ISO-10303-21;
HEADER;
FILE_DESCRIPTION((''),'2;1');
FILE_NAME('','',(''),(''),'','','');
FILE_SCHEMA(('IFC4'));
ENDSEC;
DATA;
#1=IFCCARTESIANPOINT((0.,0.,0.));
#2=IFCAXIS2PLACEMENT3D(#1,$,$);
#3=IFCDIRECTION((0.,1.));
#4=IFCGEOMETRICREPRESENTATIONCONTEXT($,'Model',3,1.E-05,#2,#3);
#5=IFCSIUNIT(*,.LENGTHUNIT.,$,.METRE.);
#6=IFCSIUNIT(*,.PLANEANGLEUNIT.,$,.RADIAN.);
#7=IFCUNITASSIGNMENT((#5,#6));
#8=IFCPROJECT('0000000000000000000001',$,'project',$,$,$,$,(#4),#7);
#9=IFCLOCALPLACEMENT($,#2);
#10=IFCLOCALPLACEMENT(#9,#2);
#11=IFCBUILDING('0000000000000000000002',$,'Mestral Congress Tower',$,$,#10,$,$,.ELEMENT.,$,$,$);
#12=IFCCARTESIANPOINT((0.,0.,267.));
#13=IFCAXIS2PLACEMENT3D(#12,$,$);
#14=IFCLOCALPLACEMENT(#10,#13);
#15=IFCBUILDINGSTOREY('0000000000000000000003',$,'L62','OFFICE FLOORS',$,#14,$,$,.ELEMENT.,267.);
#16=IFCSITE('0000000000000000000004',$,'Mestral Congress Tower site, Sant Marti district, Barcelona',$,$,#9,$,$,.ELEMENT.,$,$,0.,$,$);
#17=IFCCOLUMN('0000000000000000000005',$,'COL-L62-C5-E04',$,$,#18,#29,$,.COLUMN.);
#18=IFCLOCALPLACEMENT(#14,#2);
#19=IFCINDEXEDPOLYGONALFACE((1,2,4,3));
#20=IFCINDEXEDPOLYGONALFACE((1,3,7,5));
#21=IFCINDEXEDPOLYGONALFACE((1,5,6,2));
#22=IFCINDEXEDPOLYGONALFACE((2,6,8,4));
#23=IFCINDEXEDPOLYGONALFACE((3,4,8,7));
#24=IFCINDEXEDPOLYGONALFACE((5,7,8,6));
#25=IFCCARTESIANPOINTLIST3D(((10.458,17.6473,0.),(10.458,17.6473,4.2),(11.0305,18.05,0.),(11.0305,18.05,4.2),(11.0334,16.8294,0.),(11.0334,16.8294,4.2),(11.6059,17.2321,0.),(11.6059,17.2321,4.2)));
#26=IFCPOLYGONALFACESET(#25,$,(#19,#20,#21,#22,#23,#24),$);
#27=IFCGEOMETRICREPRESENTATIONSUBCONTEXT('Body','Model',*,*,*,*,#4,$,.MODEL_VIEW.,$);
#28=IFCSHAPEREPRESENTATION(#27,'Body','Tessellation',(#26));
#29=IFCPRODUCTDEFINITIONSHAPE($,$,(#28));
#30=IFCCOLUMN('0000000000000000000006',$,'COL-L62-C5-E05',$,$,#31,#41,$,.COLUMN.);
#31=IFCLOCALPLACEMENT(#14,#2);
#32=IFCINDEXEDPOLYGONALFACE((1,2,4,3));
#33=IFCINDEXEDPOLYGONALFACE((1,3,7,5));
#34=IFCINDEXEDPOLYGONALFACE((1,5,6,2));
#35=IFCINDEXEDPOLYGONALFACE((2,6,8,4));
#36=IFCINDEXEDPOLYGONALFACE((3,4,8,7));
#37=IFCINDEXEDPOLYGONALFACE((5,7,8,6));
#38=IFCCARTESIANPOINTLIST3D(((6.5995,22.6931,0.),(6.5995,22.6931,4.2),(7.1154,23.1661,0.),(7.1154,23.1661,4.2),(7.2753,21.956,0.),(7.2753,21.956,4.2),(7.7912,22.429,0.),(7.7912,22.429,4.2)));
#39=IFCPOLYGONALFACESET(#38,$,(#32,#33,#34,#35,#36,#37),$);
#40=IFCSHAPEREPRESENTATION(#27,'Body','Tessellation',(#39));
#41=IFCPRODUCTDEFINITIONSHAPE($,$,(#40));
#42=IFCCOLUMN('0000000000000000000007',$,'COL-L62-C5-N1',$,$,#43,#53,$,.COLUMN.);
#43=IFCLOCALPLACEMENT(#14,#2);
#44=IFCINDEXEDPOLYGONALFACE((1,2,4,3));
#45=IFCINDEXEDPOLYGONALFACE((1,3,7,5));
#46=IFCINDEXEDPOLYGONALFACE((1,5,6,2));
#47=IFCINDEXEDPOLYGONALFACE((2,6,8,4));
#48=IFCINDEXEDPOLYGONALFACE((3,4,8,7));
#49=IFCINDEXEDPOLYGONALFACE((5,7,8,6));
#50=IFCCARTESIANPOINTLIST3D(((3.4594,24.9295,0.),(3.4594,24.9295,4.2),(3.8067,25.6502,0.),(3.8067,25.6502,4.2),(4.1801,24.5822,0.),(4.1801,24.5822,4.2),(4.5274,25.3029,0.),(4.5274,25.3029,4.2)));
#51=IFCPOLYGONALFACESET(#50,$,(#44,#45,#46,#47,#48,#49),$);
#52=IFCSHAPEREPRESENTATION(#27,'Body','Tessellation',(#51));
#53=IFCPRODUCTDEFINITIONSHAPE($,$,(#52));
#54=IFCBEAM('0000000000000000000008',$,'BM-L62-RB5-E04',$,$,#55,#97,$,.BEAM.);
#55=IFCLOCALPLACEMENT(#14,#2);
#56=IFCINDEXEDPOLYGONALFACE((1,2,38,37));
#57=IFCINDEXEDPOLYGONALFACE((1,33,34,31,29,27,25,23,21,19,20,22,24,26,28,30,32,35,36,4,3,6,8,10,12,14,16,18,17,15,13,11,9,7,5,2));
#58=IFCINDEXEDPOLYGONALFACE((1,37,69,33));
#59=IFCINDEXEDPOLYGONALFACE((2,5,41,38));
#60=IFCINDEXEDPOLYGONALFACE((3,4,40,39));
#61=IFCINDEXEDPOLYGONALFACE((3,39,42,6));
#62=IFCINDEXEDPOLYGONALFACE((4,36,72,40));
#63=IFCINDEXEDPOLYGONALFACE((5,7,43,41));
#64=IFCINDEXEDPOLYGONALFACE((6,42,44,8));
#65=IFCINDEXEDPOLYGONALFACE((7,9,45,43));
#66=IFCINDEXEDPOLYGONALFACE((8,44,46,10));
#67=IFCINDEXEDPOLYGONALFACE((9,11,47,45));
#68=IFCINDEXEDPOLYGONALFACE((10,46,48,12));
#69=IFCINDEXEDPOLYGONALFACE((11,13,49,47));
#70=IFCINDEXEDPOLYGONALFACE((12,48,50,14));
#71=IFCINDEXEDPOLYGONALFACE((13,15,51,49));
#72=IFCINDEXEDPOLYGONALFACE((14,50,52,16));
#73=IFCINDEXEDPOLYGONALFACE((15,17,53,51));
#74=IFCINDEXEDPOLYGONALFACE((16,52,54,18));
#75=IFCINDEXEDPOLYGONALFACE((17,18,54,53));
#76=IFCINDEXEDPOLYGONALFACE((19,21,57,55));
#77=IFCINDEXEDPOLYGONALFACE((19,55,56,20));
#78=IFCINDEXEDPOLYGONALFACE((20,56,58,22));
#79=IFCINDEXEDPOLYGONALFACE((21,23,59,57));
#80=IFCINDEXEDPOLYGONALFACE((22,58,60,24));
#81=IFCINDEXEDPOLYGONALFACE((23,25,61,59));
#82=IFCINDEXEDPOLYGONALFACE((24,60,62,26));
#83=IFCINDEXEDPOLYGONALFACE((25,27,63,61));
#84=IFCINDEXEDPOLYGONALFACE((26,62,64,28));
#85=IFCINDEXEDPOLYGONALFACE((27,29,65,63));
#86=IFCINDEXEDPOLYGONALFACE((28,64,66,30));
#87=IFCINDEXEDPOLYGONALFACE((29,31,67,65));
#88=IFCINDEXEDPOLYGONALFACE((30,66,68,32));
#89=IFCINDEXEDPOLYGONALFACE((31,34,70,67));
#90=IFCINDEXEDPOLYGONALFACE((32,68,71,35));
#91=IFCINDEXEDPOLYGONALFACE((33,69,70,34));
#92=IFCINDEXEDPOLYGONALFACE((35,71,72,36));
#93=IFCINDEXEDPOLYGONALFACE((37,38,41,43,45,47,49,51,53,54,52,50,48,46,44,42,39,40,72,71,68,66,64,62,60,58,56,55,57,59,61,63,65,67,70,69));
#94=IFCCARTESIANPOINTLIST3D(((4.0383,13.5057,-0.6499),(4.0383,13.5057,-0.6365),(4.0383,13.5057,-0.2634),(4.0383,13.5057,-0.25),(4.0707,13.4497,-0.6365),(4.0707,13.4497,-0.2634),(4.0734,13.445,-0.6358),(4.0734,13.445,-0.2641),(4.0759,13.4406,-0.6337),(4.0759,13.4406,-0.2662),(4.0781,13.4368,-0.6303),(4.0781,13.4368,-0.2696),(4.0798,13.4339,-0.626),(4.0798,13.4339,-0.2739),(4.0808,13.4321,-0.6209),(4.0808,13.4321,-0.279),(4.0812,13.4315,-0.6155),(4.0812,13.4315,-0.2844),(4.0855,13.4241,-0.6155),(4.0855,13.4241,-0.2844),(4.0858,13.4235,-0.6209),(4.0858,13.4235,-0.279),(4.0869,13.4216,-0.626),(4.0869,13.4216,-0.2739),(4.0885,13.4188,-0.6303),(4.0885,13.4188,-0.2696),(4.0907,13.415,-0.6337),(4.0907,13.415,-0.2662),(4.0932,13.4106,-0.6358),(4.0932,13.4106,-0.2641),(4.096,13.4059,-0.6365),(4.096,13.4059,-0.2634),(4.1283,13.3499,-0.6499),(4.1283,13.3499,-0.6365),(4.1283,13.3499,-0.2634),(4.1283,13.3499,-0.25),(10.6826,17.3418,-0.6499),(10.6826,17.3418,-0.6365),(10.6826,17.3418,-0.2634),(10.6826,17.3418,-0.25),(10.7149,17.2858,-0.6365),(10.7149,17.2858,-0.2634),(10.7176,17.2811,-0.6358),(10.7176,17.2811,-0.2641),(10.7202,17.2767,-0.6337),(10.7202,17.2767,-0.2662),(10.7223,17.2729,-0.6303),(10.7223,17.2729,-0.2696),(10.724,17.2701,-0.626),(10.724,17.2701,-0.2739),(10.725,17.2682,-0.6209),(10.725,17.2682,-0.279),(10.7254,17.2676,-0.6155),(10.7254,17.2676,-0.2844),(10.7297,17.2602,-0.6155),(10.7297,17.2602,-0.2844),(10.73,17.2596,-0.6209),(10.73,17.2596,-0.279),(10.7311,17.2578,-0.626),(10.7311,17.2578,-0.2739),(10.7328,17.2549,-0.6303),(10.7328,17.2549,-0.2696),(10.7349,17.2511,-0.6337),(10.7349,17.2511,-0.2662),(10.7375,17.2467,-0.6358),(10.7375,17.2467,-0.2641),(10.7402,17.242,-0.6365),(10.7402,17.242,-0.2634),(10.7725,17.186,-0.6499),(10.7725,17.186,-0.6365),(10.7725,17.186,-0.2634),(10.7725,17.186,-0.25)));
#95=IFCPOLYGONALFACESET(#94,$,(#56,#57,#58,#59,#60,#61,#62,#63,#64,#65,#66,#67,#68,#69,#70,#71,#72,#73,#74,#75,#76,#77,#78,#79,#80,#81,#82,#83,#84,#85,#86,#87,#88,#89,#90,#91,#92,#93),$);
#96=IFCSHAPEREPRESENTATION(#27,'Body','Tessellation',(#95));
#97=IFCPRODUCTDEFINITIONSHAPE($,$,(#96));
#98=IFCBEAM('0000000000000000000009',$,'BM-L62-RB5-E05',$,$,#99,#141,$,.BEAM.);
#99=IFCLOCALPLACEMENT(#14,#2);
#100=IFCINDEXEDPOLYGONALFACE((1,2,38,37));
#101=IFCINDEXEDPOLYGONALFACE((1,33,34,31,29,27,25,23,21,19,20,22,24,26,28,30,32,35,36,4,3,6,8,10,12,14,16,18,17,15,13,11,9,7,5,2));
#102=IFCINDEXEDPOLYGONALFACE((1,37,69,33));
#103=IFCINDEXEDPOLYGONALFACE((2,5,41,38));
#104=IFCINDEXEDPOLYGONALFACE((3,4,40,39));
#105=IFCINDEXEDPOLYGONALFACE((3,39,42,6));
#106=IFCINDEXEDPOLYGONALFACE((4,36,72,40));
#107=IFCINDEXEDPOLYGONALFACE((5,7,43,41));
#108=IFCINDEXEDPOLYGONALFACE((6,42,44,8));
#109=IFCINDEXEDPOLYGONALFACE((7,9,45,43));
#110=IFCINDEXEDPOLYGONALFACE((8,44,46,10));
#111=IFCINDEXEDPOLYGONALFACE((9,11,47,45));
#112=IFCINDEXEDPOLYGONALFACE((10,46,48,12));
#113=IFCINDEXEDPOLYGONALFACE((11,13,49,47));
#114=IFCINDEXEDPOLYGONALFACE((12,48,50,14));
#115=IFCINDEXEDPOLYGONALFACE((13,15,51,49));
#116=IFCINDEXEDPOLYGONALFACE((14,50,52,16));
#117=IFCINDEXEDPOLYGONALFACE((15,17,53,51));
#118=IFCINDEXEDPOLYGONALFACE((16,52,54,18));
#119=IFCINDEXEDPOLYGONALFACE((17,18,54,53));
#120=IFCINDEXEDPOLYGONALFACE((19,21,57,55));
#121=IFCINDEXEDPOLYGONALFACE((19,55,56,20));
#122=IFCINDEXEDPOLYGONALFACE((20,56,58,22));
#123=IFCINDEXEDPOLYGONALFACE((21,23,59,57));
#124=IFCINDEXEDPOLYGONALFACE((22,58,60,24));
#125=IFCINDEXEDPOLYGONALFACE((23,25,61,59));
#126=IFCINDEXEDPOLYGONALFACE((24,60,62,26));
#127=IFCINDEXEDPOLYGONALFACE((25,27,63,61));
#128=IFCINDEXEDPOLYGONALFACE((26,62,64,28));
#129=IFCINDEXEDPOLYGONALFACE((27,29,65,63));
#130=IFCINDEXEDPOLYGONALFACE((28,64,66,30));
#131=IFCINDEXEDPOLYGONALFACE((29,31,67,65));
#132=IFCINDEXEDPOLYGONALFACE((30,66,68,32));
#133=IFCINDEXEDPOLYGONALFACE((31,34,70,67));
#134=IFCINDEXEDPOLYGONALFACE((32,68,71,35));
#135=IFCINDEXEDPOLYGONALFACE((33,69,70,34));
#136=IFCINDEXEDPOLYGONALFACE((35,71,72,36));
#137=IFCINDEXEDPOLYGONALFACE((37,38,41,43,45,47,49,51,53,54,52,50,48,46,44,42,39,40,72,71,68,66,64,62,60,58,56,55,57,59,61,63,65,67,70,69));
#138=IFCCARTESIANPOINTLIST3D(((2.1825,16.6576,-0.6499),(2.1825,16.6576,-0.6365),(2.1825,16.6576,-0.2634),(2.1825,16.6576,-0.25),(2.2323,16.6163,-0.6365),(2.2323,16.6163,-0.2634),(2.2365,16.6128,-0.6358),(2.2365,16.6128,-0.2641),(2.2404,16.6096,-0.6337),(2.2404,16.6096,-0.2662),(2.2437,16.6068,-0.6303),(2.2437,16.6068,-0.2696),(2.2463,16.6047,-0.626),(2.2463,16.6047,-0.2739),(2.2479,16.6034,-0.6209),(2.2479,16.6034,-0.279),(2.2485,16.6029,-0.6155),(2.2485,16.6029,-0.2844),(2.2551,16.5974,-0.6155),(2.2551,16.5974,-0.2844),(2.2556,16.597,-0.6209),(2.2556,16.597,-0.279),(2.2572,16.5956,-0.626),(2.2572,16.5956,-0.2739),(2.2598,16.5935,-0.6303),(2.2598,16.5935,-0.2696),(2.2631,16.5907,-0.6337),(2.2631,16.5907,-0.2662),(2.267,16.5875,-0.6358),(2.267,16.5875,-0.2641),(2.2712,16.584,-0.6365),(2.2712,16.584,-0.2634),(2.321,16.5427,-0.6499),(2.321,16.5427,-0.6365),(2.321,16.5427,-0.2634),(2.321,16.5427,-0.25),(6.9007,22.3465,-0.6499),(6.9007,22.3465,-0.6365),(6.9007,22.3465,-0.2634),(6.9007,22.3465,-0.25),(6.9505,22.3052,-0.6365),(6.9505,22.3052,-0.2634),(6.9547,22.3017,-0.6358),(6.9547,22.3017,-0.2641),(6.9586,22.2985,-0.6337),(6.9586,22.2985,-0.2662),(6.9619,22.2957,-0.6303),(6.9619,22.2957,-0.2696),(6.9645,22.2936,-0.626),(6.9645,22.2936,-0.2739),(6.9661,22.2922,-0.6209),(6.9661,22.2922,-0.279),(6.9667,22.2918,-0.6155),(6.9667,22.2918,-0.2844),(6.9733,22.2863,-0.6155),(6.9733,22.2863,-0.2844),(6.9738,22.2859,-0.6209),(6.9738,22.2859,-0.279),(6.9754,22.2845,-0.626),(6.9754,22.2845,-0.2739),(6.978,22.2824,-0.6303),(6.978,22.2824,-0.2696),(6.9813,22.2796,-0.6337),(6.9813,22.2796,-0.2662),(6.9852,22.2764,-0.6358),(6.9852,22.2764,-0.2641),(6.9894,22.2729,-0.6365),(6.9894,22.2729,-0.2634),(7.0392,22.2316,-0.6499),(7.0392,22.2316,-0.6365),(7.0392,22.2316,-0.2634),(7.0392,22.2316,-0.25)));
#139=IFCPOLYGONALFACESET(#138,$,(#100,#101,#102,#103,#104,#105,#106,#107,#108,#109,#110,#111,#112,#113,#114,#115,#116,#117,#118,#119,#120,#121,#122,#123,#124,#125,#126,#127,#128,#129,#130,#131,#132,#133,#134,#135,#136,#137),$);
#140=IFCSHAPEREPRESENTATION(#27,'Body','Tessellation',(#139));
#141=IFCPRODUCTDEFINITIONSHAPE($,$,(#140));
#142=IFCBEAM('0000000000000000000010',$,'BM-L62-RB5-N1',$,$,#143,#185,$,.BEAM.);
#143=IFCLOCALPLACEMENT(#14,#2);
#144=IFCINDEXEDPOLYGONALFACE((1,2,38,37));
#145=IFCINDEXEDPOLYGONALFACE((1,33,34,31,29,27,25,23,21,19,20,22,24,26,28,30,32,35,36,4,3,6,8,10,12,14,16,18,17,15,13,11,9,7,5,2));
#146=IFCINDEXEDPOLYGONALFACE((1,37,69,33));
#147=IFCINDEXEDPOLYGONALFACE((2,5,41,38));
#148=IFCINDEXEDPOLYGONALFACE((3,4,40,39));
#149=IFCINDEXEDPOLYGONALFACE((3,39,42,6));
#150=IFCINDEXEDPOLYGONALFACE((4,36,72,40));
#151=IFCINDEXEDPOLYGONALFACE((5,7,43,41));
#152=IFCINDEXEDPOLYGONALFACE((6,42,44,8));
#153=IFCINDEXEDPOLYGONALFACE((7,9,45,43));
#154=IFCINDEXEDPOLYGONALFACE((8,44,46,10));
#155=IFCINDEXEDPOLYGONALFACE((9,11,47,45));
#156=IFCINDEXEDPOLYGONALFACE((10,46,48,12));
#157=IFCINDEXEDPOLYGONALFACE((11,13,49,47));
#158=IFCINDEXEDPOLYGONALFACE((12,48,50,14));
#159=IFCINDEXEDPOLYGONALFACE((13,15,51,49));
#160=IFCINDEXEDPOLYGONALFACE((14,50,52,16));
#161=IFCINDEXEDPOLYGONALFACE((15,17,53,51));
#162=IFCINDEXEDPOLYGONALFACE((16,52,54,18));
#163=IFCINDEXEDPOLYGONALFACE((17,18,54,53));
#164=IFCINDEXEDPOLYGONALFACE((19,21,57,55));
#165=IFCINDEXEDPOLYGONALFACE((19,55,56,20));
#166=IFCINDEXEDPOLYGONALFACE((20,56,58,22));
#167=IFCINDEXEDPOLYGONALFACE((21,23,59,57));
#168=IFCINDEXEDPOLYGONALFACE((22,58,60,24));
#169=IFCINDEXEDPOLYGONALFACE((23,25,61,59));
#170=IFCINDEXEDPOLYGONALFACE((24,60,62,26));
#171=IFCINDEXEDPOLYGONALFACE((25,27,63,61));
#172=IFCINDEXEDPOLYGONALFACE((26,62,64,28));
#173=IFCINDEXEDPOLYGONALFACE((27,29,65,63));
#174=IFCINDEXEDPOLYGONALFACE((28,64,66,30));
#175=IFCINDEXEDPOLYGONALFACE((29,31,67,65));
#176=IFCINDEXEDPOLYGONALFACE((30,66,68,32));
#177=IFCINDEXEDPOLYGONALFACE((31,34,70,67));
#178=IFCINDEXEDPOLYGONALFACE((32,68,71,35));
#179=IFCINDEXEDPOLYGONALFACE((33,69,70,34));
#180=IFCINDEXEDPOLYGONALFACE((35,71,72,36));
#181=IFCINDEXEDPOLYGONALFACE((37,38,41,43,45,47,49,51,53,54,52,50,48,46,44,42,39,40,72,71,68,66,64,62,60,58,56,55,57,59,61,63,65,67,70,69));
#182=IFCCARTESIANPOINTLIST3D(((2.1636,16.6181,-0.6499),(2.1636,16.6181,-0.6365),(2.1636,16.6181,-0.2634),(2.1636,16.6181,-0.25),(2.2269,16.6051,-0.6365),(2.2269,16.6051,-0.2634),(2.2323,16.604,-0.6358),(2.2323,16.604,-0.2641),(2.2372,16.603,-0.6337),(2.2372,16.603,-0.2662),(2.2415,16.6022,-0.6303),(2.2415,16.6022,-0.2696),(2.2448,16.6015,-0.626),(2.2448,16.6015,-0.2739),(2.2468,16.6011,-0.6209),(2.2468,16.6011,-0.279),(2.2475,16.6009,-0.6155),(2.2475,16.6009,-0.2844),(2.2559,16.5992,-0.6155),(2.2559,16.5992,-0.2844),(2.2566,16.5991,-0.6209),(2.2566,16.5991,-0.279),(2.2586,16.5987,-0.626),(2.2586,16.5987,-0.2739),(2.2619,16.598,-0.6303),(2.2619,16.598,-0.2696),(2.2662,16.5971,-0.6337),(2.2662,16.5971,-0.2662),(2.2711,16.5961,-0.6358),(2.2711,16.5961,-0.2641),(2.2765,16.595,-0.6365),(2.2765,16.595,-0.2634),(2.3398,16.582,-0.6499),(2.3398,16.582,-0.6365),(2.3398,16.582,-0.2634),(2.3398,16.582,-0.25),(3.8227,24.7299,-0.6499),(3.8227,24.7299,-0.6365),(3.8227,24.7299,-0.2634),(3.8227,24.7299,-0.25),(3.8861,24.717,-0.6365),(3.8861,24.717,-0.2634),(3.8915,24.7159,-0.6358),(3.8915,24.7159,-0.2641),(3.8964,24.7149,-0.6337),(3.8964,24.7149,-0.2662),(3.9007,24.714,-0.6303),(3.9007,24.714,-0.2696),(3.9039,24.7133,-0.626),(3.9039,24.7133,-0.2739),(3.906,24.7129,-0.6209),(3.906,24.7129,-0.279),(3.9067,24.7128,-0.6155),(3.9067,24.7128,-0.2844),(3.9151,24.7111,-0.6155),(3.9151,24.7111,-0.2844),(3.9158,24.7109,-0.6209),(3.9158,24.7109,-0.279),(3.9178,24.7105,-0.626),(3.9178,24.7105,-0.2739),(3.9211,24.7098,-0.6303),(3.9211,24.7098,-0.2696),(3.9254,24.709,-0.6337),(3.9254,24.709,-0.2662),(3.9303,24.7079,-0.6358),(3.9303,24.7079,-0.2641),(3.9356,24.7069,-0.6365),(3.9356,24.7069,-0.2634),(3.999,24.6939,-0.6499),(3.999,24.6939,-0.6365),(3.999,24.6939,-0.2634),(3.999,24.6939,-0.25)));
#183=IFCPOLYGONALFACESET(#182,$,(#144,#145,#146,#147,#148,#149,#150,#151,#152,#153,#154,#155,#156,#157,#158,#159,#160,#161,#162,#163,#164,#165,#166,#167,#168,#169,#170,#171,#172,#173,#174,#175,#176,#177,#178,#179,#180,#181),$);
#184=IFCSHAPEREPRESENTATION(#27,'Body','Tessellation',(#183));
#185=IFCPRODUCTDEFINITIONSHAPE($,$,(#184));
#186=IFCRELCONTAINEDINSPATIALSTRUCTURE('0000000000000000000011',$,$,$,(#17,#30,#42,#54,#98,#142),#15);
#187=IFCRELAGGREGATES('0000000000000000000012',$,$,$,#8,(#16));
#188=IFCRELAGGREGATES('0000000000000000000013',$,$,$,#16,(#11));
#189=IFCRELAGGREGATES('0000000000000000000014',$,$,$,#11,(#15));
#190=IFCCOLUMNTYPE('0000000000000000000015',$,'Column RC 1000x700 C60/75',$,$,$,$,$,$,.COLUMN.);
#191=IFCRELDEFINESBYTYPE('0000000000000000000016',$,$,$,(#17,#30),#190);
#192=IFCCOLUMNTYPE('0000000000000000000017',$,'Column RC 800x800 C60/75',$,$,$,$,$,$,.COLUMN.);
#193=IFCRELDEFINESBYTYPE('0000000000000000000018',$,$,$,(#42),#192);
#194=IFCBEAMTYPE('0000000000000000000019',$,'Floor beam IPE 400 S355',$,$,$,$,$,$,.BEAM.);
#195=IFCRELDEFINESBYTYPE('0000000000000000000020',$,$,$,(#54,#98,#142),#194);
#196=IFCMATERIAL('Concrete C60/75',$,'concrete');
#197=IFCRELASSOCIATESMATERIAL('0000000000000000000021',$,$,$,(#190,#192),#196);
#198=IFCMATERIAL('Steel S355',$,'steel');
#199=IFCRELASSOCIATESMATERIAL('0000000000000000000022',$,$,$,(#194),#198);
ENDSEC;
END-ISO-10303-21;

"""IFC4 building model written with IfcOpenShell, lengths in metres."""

from ifc_helpers import new_model, si_unit, direction, frame, origin, origin_2d, place, context, subcontext, project, spatial, rectangle, i_section, extrude, material, material_profile, profile_set, type_object, element, save


model = new_model("IFC4")

# Units and contexts
model_context = context("Model", 3, precision=1e-05, world=origin(), true_north=direction((0.0, 1.0)))
body_context = subcontext(model_context, "Body", "Model", "MODEL_VIEW")
ifc_project = project(units=[si_unit("LENGTHUNIT", "METRE"), si_unit("PLANEANGLEUNIT", "RADIAN")], contexts=[model_context])

# Site, building, storey
site_placement = place(None, origin())
site = spatial("IfcSite", under=ifc_project, at=site_placement, Name="Mestral Congress Tower site, Sant Marti district, Barcelona", CompositionType="ELEMENT", RefElevation=0.0)
building_placement = place(site_placement, origin())
building = spatial("IfcBuilding", under=site, at=building_placement, Name="Mestral Congress Tower", CompositionType="ELEMENT")
storey_placement = place(building_placement, frame((0.0, 0.0, 267.0)))
storey = spatial("IfcBuildingStorey", under=building, at=storey_placement, Name="L62", Description="OFFICE FLOORS", CompositionType="ELEMENT", Elevation=267.0)

# Columns
ifc_material_1 = material(Name="Concrete C60/75", Category="concrete")
ifc_material_profile_1 = material_profile(ifc_material_1, rectangle(XDim=1.0, YDim=0.7, at=origin_2d()), Name="RC 1000x700")
ifc_profile_set_1 = profile_set([ifc_material_profile_1], Name="Concrete C60/75")
column_type_1 = type_object("IfcColumnType", Name="Column RC 1000x700 C60/75", PredefinedType="COLUMN", material=ifc_profile_set_1)
for number, where, z_axis, x_axis, name in (
    (1, (11.032, 17.4397, 0.0), (0.0, 0.0, 1.0), (-0.575402, 0.817871, 0.0), "COL-L62-C5-E04"),
    (2, (7.1953, 22.561, 0.0), (0.0, 0.0, 1.0), (-0.675803, 0.737083, 0.0), "COL-L62-C5-E05"),
):
    element("IfcColumn", number, at=place(storey_placement, frame(where, z_axis=z_axis, x_axis=x_axis)), inside=storey, type_object=column_type_1, Name=name, PredefinedType="COLUMN", context=body_context, shape_type="SweptSolid", body=[
        extrude(rectangle(XDim=1.0, YDim=0.7, at=origin_2d()), origin(), (0.0, 0.0, 1.0), 4.2),
    ])
ifc_material_profile_2 = material_profile(ifc_material_1, rectangle(XDim=0.8, YDim=0.8, at=origin_2d()), Name="RC 800x800")
ifc_profile_set_2 = profile_set([ifc_material_profile_2], Name="Concrete C60/75")
column_type_2 = type_object("IfcColumnType", Name="Column RC 800x800 C60/75", PredefinedType="COLUMN", material=ifc_profile_set_2)
column_placement = place(storey_placement, frame((3.9934, 25.1162, 0.0), z_axis=(0.0, 0.0, 1.0), x_axis=(-0.900873, 0.434082, 0.0)))
element("IfcColumn", 3, at=column_placement, inside=storey, type_object=column_type_2, Name="COL-L62-C5-N1", PredefinedType="COLUMN", context=body_context, shape_type="SweptSolid", body=[
    extrude(rectangle(XDim=0.8, YDim=0.8, at=origin_2d()), origin(), (0.0, 0.0, 1.0), 4.2),
])

# Beams
ifc_material_2 = material(Name="Steel S355", Category="steel")
ifc_material_profile_3 = material_profile(ifc_material_2, i_section(OverallWidth=0.1799, OverallDepth=0.3999, WebThickness=0.0085, FlangeThickness=0.0134, FilletRadius=0.021, at=origin_2d()), Name="IPE 400")
ifc_profile_set_3 = profile_set([ifc_material_profile_3], Name="Steel S355")
beam_type_1 = type_object("IfcBeamType", Name="Floor beam IPE 400 S355", PredefinedType="BEAM", material=ifc_profile_set_3)
beam_1_placement = place(storey_placement, frame((10.7275, 17.2639, -0.45), z_axis=(-0.86602, -0.50001, 0.0), x_axis=(0.50001, -0.86602, 0.0)))
element("IfcBeam", 4, at=beam_1_placement, inside=storey, type_object=beam_type_1, Name="BM-L62-RB5-E04", PredefinedType="BEAM", context=body_context, shape_type="SweptSolid", body=[
    extrude(i_section(OverallWidth=0.1799, OverallDepth=0.3999, WebThickness=0.0085, FlangeThickness=0.0134, FilletRadius=0.021, at=origin_2d()), origin(), (0.0, 0.0, 1.0), 7.6721),
])
beam_2_placement = place(storey_placement, frame((6.97, 22.2891, -0.45), z_axis=(-0.638383, -0.769719, 0.0), x_axis=(0.769719, -0.638383, 0.0)))
element("IfcBeam", 5, at=beam_2_placement, inside=storey, type_object=beam_type_1, Name="BM-L62-RB5-E05", PredefinedType="BEAM", context=body_context, shape_type="SweptSolid", body=[
    extrude(i_section(OverallWidth=0.1799, OverallDepth=0.3999, WebThickness=0.0085, FlangeThickness=0.0134, FilletRadius=0.021, at=origin_2d()), origin(), (0.0, 0.0, 1.0), 7.3909),
])
beam_3_placement = place(storey_placement, frame((3.9109, 24.7119, -0.45), z_axis=(-0.20039, -0.979716, 0.0), x_axis=(0.979716, -0.20039, 0.0)))
element("IfcBeam", 6, at=beam_3_placement, inside=storey, type_object=beam_type_1, Name="BM-L62-RB5-N1", PredefinedType="BEAM", context=body_context, shape_type="SweptSolid", body=[
    extrude(i_section(OverallWidth=0.1799, OverallDepth=0.3999, WebThickness=0.0085, FlangeThickness=0.0134, FilletRadius=0.021, at=origin_2d()), origin(), (0.0, 0.0, 1.0), 8.2798),
])

save(model, "model.ifc")
